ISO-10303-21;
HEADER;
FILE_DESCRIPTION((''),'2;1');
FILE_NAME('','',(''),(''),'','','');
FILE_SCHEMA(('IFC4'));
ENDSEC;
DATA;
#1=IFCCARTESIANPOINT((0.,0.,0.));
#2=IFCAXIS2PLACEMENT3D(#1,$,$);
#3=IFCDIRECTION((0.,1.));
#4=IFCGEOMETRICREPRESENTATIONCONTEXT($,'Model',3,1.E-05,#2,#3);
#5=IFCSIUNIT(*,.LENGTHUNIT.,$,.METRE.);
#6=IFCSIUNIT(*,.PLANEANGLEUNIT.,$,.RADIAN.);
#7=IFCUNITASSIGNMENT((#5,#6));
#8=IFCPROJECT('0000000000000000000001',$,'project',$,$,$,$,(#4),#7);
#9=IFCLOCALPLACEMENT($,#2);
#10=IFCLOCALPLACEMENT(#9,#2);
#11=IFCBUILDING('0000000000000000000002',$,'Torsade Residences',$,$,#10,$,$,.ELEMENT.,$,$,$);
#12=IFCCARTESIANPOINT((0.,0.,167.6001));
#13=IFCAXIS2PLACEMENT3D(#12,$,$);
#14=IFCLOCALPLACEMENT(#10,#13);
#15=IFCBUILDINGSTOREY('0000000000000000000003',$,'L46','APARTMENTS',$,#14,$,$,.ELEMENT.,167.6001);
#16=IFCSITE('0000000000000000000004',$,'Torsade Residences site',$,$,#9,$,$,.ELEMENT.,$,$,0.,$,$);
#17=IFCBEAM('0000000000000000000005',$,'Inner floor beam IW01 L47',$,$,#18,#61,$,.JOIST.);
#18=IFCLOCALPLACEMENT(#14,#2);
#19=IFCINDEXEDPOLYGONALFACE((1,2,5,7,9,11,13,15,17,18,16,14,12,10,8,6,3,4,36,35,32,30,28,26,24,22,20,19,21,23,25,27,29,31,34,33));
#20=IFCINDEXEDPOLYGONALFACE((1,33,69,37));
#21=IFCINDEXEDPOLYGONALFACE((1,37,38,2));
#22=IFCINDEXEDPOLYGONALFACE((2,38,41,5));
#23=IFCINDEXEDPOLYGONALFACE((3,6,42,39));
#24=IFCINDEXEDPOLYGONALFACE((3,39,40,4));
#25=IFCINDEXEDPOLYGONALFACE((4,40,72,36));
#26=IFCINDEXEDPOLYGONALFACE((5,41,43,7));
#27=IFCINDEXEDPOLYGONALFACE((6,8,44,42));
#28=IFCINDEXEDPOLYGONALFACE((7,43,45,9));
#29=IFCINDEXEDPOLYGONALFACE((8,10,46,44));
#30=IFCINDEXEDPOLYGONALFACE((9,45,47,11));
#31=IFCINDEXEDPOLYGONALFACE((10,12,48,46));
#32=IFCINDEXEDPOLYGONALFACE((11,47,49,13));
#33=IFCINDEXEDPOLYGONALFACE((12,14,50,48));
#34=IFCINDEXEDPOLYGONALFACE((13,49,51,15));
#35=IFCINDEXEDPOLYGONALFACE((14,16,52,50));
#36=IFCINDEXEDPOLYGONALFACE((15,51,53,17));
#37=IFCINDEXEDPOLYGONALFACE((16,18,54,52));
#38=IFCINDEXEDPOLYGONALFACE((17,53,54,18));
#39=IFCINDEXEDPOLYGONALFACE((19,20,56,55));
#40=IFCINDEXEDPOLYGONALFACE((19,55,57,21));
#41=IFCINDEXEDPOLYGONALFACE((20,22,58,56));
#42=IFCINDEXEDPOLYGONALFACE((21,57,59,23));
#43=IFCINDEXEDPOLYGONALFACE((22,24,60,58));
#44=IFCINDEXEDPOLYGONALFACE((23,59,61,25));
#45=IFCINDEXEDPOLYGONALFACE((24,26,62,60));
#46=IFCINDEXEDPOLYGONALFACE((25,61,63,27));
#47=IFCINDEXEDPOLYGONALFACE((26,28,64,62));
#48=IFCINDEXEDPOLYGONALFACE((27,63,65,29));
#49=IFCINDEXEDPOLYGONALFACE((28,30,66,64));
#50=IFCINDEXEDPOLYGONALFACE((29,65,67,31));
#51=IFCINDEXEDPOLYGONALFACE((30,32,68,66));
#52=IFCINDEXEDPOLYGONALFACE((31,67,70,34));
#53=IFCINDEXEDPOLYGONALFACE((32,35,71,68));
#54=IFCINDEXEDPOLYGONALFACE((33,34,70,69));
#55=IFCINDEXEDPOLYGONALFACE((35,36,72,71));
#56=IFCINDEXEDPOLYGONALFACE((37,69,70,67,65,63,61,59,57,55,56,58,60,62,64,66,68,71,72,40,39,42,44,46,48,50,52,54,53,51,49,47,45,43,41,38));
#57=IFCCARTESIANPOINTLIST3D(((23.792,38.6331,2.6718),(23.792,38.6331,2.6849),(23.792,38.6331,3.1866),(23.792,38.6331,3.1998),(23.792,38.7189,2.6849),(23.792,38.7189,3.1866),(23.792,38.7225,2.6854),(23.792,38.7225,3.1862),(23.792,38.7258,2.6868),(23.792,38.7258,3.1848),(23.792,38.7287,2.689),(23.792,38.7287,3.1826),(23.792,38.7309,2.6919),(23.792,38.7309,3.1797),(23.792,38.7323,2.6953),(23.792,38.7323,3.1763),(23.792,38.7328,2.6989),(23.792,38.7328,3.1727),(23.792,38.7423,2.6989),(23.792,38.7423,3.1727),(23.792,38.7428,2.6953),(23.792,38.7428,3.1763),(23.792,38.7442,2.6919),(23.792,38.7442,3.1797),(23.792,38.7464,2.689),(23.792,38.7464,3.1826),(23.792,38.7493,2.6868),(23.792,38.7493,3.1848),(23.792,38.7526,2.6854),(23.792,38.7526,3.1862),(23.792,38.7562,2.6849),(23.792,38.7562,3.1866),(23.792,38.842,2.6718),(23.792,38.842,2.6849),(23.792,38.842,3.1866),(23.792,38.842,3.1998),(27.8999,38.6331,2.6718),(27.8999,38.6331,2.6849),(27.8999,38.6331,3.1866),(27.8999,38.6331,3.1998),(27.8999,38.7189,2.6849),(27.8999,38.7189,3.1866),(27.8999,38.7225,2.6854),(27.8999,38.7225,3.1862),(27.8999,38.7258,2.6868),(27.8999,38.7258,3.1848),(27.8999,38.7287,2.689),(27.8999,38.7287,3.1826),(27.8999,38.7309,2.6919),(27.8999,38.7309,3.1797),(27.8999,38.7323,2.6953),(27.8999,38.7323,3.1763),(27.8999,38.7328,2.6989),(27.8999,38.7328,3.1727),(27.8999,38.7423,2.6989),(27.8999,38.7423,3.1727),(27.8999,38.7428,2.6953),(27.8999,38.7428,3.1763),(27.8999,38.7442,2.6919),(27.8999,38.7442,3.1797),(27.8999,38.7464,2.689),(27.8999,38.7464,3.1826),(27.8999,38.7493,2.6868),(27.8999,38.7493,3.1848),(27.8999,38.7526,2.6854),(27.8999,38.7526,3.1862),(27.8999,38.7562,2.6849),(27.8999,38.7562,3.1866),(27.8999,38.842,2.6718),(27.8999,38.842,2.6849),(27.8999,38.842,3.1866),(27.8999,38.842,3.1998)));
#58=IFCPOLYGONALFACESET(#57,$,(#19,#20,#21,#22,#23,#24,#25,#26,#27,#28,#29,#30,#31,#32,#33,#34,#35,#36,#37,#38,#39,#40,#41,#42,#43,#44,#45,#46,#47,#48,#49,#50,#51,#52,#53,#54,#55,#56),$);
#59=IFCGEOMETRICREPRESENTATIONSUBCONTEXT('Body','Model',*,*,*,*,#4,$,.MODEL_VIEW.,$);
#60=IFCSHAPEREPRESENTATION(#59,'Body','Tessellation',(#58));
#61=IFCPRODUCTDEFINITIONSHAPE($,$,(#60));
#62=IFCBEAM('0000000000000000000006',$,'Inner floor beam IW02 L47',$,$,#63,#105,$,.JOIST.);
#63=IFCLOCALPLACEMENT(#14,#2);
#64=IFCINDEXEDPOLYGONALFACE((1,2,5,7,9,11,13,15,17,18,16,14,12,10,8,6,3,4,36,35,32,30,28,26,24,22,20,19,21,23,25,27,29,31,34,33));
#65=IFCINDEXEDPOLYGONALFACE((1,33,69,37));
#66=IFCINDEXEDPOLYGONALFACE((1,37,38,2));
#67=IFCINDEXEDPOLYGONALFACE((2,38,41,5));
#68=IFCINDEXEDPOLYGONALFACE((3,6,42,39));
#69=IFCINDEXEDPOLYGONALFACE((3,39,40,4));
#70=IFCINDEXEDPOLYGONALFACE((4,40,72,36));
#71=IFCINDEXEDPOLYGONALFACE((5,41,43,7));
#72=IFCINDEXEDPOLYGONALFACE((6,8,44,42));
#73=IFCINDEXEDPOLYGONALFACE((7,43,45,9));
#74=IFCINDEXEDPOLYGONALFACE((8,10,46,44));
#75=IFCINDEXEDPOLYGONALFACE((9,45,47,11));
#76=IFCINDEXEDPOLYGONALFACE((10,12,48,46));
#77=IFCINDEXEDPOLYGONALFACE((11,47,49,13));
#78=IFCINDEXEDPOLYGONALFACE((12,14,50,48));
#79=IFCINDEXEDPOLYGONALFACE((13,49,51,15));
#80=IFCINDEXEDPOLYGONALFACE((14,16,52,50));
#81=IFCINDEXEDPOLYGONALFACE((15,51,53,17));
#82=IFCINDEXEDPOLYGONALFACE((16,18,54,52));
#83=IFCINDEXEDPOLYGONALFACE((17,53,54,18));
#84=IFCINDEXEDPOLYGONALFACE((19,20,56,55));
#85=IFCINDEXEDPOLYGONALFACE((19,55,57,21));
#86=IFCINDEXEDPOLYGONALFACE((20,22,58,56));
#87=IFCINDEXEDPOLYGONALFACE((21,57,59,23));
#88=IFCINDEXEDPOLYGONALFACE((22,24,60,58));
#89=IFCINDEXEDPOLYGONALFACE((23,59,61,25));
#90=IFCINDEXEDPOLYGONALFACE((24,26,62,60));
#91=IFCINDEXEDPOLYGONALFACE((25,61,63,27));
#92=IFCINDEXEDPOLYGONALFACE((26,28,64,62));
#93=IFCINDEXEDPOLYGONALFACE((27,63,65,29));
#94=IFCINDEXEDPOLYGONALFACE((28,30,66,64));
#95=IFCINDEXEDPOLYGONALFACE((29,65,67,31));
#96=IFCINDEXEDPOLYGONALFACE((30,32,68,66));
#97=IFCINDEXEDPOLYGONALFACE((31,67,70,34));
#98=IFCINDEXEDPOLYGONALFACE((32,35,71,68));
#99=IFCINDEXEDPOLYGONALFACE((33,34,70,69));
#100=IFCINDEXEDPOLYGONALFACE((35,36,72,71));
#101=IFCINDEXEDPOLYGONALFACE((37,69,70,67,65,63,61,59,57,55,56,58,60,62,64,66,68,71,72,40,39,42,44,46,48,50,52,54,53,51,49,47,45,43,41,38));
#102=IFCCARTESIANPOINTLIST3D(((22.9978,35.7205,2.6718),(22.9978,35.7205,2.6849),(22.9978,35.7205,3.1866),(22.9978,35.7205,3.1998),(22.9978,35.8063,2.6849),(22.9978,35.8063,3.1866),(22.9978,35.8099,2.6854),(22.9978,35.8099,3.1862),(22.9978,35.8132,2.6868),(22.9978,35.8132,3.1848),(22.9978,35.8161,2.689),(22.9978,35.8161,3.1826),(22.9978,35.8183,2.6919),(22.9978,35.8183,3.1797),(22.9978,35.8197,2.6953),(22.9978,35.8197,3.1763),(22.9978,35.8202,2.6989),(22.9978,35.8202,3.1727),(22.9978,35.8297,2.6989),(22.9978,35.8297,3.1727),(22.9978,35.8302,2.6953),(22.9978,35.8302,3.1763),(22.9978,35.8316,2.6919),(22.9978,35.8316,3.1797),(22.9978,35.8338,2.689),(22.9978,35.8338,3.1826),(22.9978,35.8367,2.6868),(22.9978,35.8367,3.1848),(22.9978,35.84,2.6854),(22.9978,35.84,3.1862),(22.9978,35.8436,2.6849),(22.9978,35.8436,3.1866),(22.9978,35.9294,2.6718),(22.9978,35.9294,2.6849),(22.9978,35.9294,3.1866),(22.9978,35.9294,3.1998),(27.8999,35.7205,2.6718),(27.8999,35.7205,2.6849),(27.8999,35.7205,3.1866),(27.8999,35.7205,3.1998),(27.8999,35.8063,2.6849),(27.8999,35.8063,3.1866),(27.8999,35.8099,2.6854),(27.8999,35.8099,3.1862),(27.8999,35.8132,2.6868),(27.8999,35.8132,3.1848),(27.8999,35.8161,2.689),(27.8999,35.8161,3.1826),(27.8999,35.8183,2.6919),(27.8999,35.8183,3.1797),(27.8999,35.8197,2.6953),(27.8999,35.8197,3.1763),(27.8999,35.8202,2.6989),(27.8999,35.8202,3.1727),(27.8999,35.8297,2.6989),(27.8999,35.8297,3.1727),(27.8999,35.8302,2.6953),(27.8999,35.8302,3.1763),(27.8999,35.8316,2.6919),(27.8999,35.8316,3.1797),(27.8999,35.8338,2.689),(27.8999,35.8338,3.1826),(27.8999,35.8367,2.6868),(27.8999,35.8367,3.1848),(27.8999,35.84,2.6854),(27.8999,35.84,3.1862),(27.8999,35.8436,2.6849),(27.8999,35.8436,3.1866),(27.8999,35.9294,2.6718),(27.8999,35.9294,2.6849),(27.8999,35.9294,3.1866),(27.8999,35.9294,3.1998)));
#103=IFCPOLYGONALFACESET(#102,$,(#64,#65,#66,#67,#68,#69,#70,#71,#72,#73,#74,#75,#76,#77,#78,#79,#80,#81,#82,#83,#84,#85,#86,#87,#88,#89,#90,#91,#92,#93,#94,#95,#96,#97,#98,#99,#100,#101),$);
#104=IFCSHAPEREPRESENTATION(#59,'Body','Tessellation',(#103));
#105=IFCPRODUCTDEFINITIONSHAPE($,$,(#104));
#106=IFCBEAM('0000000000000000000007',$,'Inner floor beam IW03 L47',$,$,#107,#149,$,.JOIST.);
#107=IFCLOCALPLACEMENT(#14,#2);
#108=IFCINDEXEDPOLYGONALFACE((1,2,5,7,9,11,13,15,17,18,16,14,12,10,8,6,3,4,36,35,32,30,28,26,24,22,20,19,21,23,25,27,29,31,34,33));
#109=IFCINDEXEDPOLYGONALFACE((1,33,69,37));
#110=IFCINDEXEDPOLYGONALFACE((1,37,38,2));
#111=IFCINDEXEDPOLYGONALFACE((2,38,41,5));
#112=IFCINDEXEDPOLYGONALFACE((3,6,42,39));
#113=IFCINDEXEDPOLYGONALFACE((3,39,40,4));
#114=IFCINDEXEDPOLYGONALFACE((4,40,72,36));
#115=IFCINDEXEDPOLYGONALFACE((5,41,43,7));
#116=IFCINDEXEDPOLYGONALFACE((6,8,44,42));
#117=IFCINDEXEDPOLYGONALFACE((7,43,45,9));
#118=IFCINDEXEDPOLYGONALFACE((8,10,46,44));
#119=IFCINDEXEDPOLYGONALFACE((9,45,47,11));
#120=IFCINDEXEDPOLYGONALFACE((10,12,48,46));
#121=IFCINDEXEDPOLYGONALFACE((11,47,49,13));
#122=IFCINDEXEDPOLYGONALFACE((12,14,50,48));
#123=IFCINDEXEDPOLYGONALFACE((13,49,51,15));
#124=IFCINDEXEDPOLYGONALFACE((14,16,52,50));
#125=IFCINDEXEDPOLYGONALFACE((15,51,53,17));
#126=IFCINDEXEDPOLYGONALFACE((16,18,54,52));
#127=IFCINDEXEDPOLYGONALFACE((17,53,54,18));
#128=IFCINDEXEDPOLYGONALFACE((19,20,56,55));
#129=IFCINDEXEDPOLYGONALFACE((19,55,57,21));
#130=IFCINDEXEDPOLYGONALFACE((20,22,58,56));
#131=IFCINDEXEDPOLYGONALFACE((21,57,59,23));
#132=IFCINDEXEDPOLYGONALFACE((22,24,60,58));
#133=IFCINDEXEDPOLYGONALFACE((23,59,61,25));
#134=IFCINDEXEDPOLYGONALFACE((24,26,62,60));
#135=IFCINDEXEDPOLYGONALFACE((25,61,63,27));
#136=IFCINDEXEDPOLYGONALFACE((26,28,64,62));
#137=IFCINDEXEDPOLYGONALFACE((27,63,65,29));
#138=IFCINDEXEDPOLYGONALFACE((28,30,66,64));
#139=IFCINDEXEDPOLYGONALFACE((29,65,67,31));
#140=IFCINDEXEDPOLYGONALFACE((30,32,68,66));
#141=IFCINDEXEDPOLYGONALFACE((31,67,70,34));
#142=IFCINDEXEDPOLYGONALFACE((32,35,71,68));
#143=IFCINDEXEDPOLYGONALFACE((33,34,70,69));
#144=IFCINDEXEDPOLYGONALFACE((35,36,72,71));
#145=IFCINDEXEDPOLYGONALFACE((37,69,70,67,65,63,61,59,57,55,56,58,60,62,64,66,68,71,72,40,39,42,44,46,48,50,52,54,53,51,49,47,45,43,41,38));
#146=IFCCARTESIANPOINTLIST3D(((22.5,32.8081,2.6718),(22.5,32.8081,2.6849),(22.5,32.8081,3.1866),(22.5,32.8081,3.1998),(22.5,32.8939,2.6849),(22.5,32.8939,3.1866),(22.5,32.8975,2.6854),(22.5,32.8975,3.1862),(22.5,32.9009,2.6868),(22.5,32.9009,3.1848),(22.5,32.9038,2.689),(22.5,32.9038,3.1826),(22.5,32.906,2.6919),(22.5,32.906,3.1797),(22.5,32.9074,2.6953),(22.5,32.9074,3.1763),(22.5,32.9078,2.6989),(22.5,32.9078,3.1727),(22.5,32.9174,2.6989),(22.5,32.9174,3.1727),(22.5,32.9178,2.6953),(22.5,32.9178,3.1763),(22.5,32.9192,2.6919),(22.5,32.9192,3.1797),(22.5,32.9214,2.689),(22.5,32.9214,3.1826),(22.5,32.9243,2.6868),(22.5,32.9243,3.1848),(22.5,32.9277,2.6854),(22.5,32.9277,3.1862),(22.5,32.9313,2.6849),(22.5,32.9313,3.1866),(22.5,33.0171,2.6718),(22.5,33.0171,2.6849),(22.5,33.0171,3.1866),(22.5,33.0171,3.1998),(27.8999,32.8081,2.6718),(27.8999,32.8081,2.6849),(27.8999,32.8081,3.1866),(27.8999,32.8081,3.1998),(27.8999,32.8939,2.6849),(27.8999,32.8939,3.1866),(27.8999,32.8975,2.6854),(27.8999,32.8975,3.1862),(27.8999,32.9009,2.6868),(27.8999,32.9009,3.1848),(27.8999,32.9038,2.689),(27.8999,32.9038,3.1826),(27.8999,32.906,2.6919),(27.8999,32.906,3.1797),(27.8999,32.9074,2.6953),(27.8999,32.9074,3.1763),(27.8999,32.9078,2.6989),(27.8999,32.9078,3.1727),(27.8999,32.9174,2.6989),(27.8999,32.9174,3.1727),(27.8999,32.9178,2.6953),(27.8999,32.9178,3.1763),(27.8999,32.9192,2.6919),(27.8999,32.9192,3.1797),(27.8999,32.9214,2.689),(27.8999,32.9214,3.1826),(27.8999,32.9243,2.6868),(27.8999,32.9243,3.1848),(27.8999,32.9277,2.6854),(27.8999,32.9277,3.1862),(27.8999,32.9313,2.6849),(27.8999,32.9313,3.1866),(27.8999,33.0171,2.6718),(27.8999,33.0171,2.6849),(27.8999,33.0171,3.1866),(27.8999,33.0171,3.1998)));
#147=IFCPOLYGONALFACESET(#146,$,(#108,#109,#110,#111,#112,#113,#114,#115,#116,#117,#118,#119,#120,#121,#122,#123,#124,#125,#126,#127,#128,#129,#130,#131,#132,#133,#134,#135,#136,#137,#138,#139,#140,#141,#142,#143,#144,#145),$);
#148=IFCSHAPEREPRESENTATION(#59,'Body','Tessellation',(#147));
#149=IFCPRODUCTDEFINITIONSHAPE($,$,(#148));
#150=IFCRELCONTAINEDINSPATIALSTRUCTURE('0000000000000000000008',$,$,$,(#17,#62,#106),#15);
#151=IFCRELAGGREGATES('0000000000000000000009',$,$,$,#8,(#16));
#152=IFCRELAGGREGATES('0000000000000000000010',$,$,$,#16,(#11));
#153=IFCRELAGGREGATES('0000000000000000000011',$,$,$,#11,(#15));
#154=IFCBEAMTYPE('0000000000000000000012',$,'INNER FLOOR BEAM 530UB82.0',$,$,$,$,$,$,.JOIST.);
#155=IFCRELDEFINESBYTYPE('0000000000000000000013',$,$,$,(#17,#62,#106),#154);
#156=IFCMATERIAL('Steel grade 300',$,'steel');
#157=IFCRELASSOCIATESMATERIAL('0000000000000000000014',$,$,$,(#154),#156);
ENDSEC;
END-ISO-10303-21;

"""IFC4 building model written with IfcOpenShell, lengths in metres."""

from ifc_helpers import new_model, si_unit, direction, frame, origin, origin_2d, place, context, subcontext, project, spatial, i_section, extrude, material, material_profile, profile_set, type_object, element, save


model = new_model("IFC4")

# Units and contexts
model_context = context("Model", 3, precision=1e-05, world=origin(), true_north=direction((0.0, 1.0)))
body_context = subcontext(model_context, "Body", "Model", "MODEL_VIEW")
ifc_project = project(units=[si_unit("LENGTHUNIT", "METRE"), si_unit("PLANEANGLEUNIT", "RADIAN")], contexts=[model_context])

# Site, building, storey
site_placement = place(None, origin())
site = spatial("IfcSite", under=ifc_project, at=site_placement, Name="Torsade Residences site", CompositionType="ELEMENT", RefElevation=0.0)
building_placement = place(site_placement, origin())
building = spatial("IfcBuilding", under=site, at=building_placement, Name="Torsade Residences", CompositionType="ELEMENT")
storey_placement = place(building_placement, frame((0.0, 0.0, 167.6001)))
storey = spatial("IfcBuildingStorey", under=building, at=storey_placement, Name="L46", Description="APARTMENTS", CompositionType="ELEMENT", Elevation=167.6001)

# Beams
ifc_material_1 = material(Name="Steel grade 300", Category="steel")
ifc_material_profile = material_profile(ifc_material_1, i_section(OverallWidth=0.209, OverallDepth=0.5281, WebThickness=0.0095, FlangeThickness=0.0132, FilletRadius=0.0139, at=origin_2d()), Name="530UB82.0")
ifc_profile_set = profile_set([ifc_material_profile], Name="Steel grade 300")
beam_type = type_object("IfcBeamType", Name="INNER FLOOR BEAM 530UB82.0", PredefinedType="JOIST", material=ifc_profile_set)
beam_1_placement = place(storey_placement, frame((27.8999, 38.7375, 2.9358), z_axis=(-1.0, 0.0, 0.0), x_axis=(0.0, -1.0, 0.0)))
element("IfcBeam", 1, at=beam_1_placement, inside=storey, type_object=beam_type, Name="Inner floor beam IW01 L47", PredefinedType="JOIST", context=body_context, shape_type="SweptSolid", body=[
    extrude(i_section(OverallWidth=0.209, OverallDepth=0.5281, WebThickness=0.0095, FlangeThickness=0.0132, FilletRadius=0.0139, at=origin_2d()), origin(), (0.0, 0.0, 1.0), 4.1079),
])
beam_2_placement = place(storey_placement, frame((27.8999, 35.825, 2.9358), z_axis=(-1.0, 0.0, 0.0), x_axis=(0.0, -1.0, 0.0)))
element("IfcBeam", 2, at=beam_2_placement, inside=storey, type_object=beam_type, Name="Inner floor beam IW02 L47", PredefinedType="JOIST", context=body_context, shape_type="SweptSolid", body=[
    extrude(i_section(OverallWidth=0.209, OverallDepth=0.5281, WebThickness=0.0095, FlangeThickness=0.0132, FilletRadius=0.0139, at=origin_2d()), origin(), (0.0, 0.0, 1.0), 4.9021),
])
beam_3_placement = place(storey_placement, frame((27.8999, 32.9126, 2.9358), z_axis=(-1.0, 0.0, 0.0), x_axis=(0.0, -1.0, 0.0)))
element("IfcBeam", 3, at=beam_3_placement, inside=storey, type_object=beam_type, Name="Inner floor beam IW03 L47", PredefinedType="JOIST", context=body_context, shape_type="SweptSolid", body=[
    extrude(i_section(OverallWidth=0.209, OverallDepth=0.5281, WebThickness=0.0095, FlangeThickness=0.0132, FilletRadius=0.0139, at=origin_2d()), origin(), (0.0, 0.0, 1.0), 5.3999),
])

save(model, "model.ifc")
